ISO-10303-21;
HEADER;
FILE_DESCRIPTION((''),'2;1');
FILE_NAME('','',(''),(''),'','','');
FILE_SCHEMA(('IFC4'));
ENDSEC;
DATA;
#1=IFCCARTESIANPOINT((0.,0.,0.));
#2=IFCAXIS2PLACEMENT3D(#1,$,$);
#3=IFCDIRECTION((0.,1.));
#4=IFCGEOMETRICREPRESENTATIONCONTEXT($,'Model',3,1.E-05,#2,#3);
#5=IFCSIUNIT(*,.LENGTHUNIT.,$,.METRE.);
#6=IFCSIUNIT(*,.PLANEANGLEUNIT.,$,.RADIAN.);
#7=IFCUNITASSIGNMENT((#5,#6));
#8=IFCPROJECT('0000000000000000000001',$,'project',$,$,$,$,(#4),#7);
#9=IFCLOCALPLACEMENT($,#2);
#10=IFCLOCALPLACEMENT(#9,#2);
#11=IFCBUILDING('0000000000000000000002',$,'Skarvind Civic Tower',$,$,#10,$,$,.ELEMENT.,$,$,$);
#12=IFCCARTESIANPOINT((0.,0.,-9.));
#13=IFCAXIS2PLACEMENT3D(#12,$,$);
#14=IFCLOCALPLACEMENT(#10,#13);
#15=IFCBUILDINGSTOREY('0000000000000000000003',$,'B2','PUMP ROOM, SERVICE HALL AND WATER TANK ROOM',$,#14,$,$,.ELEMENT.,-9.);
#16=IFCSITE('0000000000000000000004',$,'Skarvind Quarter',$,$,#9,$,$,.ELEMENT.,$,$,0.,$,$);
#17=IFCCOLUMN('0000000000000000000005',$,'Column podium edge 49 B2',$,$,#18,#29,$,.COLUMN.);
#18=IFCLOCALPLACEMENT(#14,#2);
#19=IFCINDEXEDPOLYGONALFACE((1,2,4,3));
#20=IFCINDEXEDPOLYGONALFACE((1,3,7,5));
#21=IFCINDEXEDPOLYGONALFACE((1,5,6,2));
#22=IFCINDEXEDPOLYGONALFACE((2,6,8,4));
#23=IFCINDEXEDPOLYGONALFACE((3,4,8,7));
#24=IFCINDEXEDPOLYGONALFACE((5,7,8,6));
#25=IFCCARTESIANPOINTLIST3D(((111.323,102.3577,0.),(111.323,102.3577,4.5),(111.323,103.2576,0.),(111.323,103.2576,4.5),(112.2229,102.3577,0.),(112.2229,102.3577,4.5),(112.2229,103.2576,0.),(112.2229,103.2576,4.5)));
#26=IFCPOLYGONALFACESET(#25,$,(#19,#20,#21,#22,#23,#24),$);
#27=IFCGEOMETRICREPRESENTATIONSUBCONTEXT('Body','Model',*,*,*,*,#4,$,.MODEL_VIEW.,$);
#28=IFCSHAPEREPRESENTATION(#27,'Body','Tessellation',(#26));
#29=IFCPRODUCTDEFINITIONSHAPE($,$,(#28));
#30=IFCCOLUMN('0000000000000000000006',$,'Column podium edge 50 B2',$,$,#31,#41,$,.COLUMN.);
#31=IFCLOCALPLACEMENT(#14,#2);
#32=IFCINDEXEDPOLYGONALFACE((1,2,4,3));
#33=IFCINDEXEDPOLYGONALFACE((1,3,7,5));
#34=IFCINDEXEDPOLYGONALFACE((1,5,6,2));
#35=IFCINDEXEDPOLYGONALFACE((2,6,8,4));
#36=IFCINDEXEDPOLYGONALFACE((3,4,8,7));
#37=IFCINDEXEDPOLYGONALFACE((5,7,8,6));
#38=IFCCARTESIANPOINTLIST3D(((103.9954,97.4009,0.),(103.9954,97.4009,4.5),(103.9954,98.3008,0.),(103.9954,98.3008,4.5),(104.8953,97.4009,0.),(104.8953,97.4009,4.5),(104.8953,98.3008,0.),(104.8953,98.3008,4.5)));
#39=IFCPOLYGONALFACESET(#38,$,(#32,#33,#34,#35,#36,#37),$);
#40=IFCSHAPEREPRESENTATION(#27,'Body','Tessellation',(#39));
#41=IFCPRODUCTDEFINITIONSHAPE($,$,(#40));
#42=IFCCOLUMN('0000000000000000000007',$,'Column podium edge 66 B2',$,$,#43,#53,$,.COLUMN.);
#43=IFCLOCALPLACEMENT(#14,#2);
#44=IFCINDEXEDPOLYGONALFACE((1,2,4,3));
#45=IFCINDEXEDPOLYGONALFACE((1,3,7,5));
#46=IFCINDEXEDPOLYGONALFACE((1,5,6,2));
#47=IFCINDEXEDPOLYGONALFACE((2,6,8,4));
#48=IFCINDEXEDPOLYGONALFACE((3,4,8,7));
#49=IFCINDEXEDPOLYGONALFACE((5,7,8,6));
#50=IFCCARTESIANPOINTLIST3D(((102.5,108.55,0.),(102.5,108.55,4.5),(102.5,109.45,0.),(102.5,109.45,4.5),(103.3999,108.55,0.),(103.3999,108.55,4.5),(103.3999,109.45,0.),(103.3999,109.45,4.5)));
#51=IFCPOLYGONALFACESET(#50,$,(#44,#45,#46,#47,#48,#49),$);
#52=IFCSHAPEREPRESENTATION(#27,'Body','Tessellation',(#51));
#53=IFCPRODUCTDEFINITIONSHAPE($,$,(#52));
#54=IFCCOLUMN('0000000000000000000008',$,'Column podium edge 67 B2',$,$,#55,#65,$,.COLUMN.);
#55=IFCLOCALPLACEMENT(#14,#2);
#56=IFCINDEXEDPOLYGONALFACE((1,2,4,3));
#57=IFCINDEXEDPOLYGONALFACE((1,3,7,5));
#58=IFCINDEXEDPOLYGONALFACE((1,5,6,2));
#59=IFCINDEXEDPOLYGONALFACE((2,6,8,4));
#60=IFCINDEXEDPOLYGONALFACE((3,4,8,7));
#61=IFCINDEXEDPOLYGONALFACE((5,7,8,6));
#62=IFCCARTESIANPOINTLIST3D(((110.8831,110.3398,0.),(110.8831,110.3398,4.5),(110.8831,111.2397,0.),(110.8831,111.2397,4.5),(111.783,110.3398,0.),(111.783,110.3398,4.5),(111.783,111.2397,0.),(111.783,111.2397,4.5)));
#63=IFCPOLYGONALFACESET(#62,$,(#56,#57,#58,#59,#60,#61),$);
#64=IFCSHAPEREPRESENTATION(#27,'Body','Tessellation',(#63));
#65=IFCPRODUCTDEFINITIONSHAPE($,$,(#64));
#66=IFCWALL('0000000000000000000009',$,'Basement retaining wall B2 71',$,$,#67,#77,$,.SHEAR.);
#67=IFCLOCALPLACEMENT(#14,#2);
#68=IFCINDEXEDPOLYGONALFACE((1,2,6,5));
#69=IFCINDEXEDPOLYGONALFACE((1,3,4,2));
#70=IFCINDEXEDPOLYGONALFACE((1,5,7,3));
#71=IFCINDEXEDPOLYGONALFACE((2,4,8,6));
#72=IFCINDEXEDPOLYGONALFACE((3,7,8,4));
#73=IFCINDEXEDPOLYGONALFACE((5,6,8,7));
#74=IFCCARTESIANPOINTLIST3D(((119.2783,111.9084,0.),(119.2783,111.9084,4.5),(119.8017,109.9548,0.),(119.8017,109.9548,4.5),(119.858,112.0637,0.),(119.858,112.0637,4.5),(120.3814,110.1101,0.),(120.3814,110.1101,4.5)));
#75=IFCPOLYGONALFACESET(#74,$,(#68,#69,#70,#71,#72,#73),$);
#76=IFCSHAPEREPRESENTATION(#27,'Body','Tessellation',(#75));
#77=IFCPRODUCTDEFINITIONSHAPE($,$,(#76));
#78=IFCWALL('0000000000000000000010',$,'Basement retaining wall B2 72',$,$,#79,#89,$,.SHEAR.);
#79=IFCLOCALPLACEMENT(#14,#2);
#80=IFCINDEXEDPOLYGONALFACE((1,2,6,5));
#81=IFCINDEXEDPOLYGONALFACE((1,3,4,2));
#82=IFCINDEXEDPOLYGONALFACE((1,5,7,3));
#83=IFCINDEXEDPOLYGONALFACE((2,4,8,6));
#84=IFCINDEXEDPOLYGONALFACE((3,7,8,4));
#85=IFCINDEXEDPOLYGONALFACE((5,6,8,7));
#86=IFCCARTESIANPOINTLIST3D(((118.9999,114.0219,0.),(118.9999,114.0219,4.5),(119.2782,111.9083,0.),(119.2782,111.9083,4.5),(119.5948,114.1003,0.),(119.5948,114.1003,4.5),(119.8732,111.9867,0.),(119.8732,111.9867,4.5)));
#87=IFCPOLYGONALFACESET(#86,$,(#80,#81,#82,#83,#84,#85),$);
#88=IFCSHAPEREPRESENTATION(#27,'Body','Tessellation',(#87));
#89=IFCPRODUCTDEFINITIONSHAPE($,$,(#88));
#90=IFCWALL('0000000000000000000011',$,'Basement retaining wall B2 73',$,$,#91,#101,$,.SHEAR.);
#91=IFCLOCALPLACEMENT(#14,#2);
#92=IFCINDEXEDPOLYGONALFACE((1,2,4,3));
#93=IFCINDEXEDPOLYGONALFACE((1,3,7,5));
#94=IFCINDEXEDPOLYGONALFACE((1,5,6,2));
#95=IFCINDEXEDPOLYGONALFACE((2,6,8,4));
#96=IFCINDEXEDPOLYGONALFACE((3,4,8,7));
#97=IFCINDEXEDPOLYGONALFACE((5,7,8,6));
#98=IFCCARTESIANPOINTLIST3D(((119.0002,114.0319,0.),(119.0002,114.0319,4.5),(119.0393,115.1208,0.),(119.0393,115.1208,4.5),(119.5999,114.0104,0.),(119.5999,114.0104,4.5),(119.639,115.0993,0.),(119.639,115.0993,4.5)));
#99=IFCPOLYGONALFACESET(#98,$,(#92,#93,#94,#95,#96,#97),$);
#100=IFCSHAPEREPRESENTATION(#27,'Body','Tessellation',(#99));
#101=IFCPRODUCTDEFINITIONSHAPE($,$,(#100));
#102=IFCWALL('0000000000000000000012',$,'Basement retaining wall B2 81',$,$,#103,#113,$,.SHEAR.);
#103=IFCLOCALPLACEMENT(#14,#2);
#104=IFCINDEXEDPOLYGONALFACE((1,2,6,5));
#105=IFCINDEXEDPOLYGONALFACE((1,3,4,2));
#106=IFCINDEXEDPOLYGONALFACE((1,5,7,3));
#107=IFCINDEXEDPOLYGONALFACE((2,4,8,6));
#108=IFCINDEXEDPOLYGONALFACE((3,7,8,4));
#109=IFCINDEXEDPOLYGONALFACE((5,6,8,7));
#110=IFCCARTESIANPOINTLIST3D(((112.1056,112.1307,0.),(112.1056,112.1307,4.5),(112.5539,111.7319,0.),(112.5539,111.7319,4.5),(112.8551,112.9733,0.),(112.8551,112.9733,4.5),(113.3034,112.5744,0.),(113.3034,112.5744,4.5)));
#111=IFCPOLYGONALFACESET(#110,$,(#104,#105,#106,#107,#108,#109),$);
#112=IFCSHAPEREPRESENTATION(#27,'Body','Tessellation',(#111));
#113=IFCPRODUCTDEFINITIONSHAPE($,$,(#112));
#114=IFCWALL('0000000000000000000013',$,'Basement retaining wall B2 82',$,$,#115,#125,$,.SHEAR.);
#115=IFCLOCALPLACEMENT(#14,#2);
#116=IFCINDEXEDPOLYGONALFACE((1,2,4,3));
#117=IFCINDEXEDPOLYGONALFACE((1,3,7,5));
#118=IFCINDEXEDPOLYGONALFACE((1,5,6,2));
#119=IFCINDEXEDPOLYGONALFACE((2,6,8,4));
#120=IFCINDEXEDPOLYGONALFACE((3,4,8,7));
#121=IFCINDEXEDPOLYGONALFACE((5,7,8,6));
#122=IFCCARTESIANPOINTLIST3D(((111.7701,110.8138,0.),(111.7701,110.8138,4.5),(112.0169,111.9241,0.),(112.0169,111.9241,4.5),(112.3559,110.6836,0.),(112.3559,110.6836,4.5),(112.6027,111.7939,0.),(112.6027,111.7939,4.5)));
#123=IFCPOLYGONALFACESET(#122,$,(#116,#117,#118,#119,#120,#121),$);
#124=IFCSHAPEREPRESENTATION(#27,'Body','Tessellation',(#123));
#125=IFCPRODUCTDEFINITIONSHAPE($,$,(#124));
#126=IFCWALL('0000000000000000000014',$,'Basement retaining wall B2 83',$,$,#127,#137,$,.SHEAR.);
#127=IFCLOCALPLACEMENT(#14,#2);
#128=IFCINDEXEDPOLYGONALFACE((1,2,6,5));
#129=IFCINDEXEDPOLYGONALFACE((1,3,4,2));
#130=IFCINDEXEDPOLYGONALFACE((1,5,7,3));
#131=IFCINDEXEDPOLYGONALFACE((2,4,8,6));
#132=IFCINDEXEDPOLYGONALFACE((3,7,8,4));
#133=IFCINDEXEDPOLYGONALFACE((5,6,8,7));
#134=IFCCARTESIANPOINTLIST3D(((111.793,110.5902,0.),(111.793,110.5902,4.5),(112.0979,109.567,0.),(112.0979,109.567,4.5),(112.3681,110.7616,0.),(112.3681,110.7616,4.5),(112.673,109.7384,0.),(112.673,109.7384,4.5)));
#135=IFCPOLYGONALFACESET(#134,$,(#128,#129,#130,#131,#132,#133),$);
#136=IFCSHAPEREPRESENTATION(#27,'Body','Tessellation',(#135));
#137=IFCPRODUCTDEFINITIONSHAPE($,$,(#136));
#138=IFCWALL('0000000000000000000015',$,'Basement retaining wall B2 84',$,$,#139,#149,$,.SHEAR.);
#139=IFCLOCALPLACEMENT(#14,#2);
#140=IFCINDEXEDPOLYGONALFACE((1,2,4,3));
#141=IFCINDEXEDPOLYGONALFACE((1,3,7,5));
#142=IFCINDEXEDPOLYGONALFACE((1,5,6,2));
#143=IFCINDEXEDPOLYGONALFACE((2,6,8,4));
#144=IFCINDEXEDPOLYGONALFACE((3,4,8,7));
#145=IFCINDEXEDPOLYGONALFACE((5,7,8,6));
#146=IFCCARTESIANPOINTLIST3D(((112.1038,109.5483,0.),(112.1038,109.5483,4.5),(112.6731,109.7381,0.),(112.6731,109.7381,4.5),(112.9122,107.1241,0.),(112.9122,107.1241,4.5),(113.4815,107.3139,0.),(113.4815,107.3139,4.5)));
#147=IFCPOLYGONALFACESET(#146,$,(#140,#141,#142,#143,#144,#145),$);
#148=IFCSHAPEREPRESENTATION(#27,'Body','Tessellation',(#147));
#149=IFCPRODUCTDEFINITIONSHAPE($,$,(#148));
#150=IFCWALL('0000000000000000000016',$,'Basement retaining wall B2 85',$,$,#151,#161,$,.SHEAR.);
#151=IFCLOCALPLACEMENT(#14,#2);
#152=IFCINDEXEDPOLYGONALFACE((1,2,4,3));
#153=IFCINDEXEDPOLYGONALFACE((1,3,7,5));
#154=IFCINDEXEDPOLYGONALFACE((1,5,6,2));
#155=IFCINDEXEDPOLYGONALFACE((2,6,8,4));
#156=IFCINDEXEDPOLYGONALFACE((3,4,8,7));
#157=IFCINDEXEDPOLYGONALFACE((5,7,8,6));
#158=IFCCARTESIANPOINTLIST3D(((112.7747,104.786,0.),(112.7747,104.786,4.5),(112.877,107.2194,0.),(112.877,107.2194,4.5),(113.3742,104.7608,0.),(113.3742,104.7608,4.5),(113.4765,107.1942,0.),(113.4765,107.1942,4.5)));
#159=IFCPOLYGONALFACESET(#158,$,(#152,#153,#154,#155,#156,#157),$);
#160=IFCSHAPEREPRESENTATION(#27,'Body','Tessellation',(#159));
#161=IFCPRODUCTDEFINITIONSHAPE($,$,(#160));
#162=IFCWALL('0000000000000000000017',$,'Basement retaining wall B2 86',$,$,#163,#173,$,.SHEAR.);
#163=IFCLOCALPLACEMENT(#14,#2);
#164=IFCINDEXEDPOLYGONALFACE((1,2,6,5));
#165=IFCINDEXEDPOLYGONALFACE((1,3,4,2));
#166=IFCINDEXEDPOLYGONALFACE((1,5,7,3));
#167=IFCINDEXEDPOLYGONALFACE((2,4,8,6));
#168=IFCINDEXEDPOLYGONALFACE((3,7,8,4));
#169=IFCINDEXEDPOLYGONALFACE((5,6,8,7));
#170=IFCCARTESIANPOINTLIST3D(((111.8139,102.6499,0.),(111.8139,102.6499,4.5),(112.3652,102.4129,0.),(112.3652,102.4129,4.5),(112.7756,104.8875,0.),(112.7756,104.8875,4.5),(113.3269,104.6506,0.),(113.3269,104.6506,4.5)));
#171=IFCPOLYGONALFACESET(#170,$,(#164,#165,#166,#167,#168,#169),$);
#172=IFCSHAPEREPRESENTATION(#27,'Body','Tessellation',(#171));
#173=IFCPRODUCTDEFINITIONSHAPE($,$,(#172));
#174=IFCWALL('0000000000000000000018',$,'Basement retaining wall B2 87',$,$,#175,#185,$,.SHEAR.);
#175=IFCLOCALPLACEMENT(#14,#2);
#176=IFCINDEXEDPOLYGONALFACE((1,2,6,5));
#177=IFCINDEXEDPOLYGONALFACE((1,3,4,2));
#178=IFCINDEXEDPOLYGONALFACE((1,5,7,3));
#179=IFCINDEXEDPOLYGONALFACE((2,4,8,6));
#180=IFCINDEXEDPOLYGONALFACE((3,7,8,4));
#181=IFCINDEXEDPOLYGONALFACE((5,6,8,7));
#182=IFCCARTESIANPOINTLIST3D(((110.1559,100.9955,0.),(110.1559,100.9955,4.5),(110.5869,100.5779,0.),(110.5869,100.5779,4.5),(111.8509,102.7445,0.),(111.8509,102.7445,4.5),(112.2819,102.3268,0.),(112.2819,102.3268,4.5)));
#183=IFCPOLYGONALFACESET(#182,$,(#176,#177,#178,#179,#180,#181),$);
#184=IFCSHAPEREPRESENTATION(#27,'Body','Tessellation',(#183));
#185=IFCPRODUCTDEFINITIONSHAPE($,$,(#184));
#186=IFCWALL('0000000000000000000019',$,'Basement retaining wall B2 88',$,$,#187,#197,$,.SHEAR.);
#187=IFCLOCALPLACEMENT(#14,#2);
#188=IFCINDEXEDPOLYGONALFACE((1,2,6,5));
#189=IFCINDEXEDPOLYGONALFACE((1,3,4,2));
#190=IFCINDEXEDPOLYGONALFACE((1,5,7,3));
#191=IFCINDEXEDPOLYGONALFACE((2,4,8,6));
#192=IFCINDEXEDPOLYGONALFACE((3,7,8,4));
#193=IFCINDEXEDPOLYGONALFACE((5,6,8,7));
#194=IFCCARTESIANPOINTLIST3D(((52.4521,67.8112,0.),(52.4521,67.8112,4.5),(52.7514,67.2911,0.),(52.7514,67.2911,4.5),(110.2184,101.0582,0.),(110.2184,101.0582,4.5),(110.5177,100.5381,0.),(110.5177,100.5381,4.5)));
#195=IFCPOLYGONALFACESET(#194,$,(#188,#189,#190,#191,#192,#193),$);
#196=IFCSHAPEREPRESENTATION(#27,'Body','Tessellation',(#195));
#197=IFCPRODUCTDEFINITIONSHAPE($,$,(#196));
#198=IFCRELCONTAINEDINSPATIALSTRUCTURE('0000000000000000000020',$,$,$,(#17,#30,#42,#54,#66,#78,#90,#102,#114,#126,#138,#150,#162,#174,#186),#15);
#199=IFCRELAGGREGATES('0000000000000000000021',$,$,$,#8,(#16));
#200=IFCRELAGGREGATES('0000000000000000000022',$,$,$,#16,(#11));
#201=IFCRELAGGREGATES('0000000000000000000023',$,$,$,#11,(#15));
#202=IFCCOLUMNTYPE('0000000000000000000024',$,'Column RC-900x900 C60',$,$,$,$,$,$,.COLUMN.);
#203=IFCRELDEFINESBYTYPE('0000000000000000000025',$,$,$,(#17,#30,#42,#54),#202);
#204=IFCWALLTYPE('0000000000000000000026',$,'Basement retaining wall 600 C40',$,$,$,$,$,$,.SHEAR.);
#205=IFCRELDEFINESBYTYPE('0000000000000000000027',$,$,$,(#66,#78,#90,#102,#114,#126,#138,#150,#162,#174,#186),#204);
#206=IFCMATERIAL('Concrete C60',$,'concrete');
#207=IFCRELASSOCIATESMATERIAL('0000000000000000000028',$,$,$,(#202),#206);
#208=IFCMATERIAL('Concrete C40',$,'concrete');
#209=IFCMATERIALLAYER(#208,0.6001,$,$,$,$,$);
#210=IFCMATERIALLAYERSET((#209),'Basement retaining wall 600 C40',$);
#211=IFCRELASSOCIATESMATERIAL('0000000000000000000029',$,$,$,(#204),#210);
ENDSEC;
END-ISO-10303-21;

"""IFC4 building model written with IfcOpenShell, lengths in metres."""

from ifc_helpers import new_model, si_unit, direction, frame, frame_2d, origin, origin_2d, place, context, subcontext, project, spatial, rectangle, extrude, material, layer, layer_set, material_profile, profile_set, type_object, element, save


model = new_model("IFC4")

# Units and contexts
model_context = context("Model", 3, precision=1e-05, world=origin(), true_north=direction((0.0, 1.0)))
body_context = subcontext(model_context, "Body", "Model", "MODEL_VIEW")
ifc_project = project(units=[si_unit("LENGTHUNIT", "METRE"), si_unit("PLANEANGLEUNIT", "RADIAN")], contexts=[model_context])

# Site, building, storey
site_placement = place(None, origin())
site = spatial("IfcSite", under=ifc_project, at=site_placement, Name="Skarvind Quarter", CompositionType="ELEMENT", RefElevation=0.0)
building_placement = place(site_placement, origin())
building = spatial("IfcBuilding", under=site, at=building_placement, Name="Skarvind Civic Tower", CompositionType="ELEMENT")
storey_placement = place(building_placement, frame((0.0, 0.0, -9.0)))
storey = spatial("IfcBuildingStorey", under=building, at=storey_placement, Name="B2", Description="PUMP ROOM, SERVICE HALL AND WATER TANK ROOM", CompositionType="ELEMENT", Elevation=-9.0)

# Shared definitions
ifc_material_1 = material(Name="Concrete C40", Category="concrete")

# Columns
ifc_material_2 = material(Name="Concrete C60", Category="concrete")
ifc_material_profile = material_profile(ifc_material_2, rectangle(XDim=0.8999, YDim=0.8999, at=origin_2d()), Name="RC-900x900")
ifc_profile_set = profile_set([ifc_material_profile], Name="Concrete C60")
column_type = type_object("IfcColumnType", Name="Column RC-900x900 C60", PredefinedType="COLUMN", material=ifc_profile_set)
for number, where, z_axis, x_axis, name in (
    (1, (111.7729, 102.8076, 0.0), (0.0, 0.0, 1.0), (1.0, 0.0, 0.0), "Column podium edge 49 B2"),
    (2, (104.4453, 97.8508, 0.0), (0.0, 0.0, 1.0), (1.0, 0.0, 0.0), "Column podium edge 50 B2"),
    (3, (102.95, 109.0, 0.0), (0.0, 0.0, 1.0), (1.0, 0.0, 0.0), "Column podium edge 66 B2"),
    (4, (111.333, 110.7898, 0.0), (0.0, 0.0, 1.0), (1.0, 0.0, 0.0), "Column podium edge 67 B2"),
):
    element("IfcColumn", number, at=place(storey_placement, frame(where, z_axis=z_axis, x_axis=x_axis)), inside=storey, type_object=column_type, Name=name, PredefinedType="COLUMN", context=body_context, shape_type="SweptSolid", body=[
        extrude(rectangle(XDim=0.8999, YDim=0.8999, at=origin_2d()), origin(), (0.0, 0.0, 1.0), 4.5),
    ])

# Walls
ifc_layer = layer(ifc_material_1, 0.6001)
ifc_layer_set = layer_set([ifc_layer], Name="Basement retaining wall 600 C40")
wall_type = type_object("IfcWallType", Name="Basement retaining wall 600 C40", PredefinedType="SHEAR", material=ifc_layer_set)
wall_1_placement = place(storey_placement, frame((120.0916, 110.0325, 0.0), z_axis=(0.0, 0.0, 1.0), x_axis=(-0.258804, 0.96593, 0.0)))
element("IfcWall", 5, at=wall_1_placement, inside=storey, type_object=wall_type, Name="Basement retaining wall B2 71", PredefinedType="SHEAR", context=body_context, shape_type="SweptSolid", body=[
    extrude(rectangle(XDim=2.0225, YDim=0.6001, at=frame_2d((1.0112, 0.0))), origin(), (0.0, 0.0, 1.0), 4.5),
])
wall_2_placement = place(storey_placement, frame((119.5757, 111.9475, 0.0), z_axis=(0.0, 0.0, 1.0), x_axis=(-0.130558, 0.991441, 0.0)))
element("IfcWall", 6, at=wall_2_placement, inside=storey, type_object=wall_type, Name="Basement retaining wall B2 72", PredefinedType="SHEAR", context=body_context, shape_type="SweptSolid", body=[
    extrude(rectangle(XDim=2.1318, YDim=0.6001, at=frame_2d((1.0659, 0.0))), origin(), (0.0, 0.0, 1.0), 4.5),
])
wall_3_placement = place(storey_placement, frame((119.3, 114.021, 0.0), z_axis=(0.0, 0.0, 1.0), x_axis=(0.035851, 0.999357, 0.0)))
element("IfcWall", 7, at=wall_3_placement, inside=storey, type_object=wall_type, Name="Basement retaining wall B2 73", PredefinedType="SHEAR", context=body_context, shape_type="SweptSolid", body=[
    extrude(rectangle(XDim=1.0896, YDim=0.6001, at=frame_2d((0.5449, 0.0))), origin(), (0.0, 0.0, 1.0), 4.5),
])
wall_4_placement = place(storey_placement, frame((113.0793, 112.7739, 0.0), z_axis=(0.0, 0.0, 1.0), x_axis=(-0.664659, -0.747146, 0.0)))
element("IfcWall", 8, at=wall_4_placement, inside=storey, type_object=wall_type, Name="Basement retaining wall B2 81", PredefinedType="SHEAR", context=body_context, shape_type="SweptSolid", body=[
    extrude(rectangle(XDim=1.1277, YDim=0.6001, at=frame_2d((0.564, 0.0))), origin(), (0.0, 0.0, 1.0), 4.5),
])
wall_5_placement = place(storey_placement, frame((112.3098, 111.8591, 0.0), z_axis=(0.0, 0.0, 1.0), x_axis=(-0.216999, -0.976172, 0.0)))
element("IfcWall", 9, at=wall_5_placement, inside=storey, type_object=wall_type, Name="Basement retaining wall B2 82", PredefinedType="SHEAR", context=body_context, shape_type="SweptSolid", body=[
    extrude(rectangle(XDim=1.1375, YDim=0.6001, at=frame_2d((0.5688, 0.0))), origin(), (0.0, 0.0, 1.0), 4.5),
])
wall_6_placement = place(storey_placement, frame((112.0806, 110.6758, 0.0), z_axis=(0.0, 0.0, 1.0), x_axis=(0.285606, -0.958347, 0.0)))
element("IfcWall", 10, at=wall_6_placement, inside=storey, type_object=wall_type, Name="Basement retaining wall B2 83", PredefinedType="SHEAR", context=body_context, shape_type="SweptSolid", body=[
    extrude(rectangle(XDim=1.0676, YDim=0.6001, at=frame_2d((0.5337, 0.0))), origin(), (0.0, 0.0, 1.0), 4.5),
])
wall_7_placement = place(storey_placement, frame((112.3884, 109.6433, 0.0), z_axis=(0.0, 0.0, 1.0), x_axis=(0.316342, -0.948645, 0.0)))
element("IfcWall", 11, at=wall_7_placement, inside=storey, type_object=wall_type, Name="Basement retaining wall B2 84", PredefinedType="SHEAR", context=body_context, shape_type="SweptSolid", body=[
    extrude(rectangle(XDim=2.5554, YDim=0.6001, at=frame_2d((1.2778, 0.0))), origin(), (0.0, 0.0, 1.0), 4.5),
])
for number, where, z_axis, x_axis, name in (
    (12, (113.1768, 107.2068, 0.0), (0.0, 0.0, 1.0), (-0.042002, -0.999118, 0.0), "Basement retaining wall B2 85"),
    (13, (113.0513, 104.769, 0.0), (0.0, 0.0, 1.0), (-0.394863, -0.91874, 0.0), "Basement retaining wall B2 86"),
    (14, (112.0664, 102.5356, 0.0), (0.0, 0.0, 1.0), (-0.695944, -0.718096, 0.0), "Basement retaining wall B2 87"),
):
    element("IfcWall", number, at=place(storey_placement, frame(where, z_axis=z_axis, x_axis=x_axis)), inside=storey, type_object=wall_type, Name=name, PredefinedType="SHEAR", context=body_context, shape_type="SweptSolid", body=[
        extrude(rectangle(XDim=2.4355, YDim=0.6001, at=frame_2d((1.2178, 0.0))), origin(), (0.0, 0.0, 1.0), 4.5),
    ])
wall_8_placement = place(storey_placement, frame((110.3679, 100.7981, 0.0), z_axis=(0.0, 0.0, 1.0), x_axis=(-0.866703, -0.498825, 0.0)))
element("IfcWall", 15, at=wall_8_placement, inside=storey, type_object=wall_type, Name="Basement retaining wall B2 88", PredefinedType="SHEAR", context=body_context, shape_type="SweptSolid", body=[
    extrude(rectangle(XDim=66.6506, YDim=0.6001, at=frame_2d((33.3252, 0.0))), origin(), (0.0, 0.0, 1.0), 4.5),
])

save(model, "model.ifc")
